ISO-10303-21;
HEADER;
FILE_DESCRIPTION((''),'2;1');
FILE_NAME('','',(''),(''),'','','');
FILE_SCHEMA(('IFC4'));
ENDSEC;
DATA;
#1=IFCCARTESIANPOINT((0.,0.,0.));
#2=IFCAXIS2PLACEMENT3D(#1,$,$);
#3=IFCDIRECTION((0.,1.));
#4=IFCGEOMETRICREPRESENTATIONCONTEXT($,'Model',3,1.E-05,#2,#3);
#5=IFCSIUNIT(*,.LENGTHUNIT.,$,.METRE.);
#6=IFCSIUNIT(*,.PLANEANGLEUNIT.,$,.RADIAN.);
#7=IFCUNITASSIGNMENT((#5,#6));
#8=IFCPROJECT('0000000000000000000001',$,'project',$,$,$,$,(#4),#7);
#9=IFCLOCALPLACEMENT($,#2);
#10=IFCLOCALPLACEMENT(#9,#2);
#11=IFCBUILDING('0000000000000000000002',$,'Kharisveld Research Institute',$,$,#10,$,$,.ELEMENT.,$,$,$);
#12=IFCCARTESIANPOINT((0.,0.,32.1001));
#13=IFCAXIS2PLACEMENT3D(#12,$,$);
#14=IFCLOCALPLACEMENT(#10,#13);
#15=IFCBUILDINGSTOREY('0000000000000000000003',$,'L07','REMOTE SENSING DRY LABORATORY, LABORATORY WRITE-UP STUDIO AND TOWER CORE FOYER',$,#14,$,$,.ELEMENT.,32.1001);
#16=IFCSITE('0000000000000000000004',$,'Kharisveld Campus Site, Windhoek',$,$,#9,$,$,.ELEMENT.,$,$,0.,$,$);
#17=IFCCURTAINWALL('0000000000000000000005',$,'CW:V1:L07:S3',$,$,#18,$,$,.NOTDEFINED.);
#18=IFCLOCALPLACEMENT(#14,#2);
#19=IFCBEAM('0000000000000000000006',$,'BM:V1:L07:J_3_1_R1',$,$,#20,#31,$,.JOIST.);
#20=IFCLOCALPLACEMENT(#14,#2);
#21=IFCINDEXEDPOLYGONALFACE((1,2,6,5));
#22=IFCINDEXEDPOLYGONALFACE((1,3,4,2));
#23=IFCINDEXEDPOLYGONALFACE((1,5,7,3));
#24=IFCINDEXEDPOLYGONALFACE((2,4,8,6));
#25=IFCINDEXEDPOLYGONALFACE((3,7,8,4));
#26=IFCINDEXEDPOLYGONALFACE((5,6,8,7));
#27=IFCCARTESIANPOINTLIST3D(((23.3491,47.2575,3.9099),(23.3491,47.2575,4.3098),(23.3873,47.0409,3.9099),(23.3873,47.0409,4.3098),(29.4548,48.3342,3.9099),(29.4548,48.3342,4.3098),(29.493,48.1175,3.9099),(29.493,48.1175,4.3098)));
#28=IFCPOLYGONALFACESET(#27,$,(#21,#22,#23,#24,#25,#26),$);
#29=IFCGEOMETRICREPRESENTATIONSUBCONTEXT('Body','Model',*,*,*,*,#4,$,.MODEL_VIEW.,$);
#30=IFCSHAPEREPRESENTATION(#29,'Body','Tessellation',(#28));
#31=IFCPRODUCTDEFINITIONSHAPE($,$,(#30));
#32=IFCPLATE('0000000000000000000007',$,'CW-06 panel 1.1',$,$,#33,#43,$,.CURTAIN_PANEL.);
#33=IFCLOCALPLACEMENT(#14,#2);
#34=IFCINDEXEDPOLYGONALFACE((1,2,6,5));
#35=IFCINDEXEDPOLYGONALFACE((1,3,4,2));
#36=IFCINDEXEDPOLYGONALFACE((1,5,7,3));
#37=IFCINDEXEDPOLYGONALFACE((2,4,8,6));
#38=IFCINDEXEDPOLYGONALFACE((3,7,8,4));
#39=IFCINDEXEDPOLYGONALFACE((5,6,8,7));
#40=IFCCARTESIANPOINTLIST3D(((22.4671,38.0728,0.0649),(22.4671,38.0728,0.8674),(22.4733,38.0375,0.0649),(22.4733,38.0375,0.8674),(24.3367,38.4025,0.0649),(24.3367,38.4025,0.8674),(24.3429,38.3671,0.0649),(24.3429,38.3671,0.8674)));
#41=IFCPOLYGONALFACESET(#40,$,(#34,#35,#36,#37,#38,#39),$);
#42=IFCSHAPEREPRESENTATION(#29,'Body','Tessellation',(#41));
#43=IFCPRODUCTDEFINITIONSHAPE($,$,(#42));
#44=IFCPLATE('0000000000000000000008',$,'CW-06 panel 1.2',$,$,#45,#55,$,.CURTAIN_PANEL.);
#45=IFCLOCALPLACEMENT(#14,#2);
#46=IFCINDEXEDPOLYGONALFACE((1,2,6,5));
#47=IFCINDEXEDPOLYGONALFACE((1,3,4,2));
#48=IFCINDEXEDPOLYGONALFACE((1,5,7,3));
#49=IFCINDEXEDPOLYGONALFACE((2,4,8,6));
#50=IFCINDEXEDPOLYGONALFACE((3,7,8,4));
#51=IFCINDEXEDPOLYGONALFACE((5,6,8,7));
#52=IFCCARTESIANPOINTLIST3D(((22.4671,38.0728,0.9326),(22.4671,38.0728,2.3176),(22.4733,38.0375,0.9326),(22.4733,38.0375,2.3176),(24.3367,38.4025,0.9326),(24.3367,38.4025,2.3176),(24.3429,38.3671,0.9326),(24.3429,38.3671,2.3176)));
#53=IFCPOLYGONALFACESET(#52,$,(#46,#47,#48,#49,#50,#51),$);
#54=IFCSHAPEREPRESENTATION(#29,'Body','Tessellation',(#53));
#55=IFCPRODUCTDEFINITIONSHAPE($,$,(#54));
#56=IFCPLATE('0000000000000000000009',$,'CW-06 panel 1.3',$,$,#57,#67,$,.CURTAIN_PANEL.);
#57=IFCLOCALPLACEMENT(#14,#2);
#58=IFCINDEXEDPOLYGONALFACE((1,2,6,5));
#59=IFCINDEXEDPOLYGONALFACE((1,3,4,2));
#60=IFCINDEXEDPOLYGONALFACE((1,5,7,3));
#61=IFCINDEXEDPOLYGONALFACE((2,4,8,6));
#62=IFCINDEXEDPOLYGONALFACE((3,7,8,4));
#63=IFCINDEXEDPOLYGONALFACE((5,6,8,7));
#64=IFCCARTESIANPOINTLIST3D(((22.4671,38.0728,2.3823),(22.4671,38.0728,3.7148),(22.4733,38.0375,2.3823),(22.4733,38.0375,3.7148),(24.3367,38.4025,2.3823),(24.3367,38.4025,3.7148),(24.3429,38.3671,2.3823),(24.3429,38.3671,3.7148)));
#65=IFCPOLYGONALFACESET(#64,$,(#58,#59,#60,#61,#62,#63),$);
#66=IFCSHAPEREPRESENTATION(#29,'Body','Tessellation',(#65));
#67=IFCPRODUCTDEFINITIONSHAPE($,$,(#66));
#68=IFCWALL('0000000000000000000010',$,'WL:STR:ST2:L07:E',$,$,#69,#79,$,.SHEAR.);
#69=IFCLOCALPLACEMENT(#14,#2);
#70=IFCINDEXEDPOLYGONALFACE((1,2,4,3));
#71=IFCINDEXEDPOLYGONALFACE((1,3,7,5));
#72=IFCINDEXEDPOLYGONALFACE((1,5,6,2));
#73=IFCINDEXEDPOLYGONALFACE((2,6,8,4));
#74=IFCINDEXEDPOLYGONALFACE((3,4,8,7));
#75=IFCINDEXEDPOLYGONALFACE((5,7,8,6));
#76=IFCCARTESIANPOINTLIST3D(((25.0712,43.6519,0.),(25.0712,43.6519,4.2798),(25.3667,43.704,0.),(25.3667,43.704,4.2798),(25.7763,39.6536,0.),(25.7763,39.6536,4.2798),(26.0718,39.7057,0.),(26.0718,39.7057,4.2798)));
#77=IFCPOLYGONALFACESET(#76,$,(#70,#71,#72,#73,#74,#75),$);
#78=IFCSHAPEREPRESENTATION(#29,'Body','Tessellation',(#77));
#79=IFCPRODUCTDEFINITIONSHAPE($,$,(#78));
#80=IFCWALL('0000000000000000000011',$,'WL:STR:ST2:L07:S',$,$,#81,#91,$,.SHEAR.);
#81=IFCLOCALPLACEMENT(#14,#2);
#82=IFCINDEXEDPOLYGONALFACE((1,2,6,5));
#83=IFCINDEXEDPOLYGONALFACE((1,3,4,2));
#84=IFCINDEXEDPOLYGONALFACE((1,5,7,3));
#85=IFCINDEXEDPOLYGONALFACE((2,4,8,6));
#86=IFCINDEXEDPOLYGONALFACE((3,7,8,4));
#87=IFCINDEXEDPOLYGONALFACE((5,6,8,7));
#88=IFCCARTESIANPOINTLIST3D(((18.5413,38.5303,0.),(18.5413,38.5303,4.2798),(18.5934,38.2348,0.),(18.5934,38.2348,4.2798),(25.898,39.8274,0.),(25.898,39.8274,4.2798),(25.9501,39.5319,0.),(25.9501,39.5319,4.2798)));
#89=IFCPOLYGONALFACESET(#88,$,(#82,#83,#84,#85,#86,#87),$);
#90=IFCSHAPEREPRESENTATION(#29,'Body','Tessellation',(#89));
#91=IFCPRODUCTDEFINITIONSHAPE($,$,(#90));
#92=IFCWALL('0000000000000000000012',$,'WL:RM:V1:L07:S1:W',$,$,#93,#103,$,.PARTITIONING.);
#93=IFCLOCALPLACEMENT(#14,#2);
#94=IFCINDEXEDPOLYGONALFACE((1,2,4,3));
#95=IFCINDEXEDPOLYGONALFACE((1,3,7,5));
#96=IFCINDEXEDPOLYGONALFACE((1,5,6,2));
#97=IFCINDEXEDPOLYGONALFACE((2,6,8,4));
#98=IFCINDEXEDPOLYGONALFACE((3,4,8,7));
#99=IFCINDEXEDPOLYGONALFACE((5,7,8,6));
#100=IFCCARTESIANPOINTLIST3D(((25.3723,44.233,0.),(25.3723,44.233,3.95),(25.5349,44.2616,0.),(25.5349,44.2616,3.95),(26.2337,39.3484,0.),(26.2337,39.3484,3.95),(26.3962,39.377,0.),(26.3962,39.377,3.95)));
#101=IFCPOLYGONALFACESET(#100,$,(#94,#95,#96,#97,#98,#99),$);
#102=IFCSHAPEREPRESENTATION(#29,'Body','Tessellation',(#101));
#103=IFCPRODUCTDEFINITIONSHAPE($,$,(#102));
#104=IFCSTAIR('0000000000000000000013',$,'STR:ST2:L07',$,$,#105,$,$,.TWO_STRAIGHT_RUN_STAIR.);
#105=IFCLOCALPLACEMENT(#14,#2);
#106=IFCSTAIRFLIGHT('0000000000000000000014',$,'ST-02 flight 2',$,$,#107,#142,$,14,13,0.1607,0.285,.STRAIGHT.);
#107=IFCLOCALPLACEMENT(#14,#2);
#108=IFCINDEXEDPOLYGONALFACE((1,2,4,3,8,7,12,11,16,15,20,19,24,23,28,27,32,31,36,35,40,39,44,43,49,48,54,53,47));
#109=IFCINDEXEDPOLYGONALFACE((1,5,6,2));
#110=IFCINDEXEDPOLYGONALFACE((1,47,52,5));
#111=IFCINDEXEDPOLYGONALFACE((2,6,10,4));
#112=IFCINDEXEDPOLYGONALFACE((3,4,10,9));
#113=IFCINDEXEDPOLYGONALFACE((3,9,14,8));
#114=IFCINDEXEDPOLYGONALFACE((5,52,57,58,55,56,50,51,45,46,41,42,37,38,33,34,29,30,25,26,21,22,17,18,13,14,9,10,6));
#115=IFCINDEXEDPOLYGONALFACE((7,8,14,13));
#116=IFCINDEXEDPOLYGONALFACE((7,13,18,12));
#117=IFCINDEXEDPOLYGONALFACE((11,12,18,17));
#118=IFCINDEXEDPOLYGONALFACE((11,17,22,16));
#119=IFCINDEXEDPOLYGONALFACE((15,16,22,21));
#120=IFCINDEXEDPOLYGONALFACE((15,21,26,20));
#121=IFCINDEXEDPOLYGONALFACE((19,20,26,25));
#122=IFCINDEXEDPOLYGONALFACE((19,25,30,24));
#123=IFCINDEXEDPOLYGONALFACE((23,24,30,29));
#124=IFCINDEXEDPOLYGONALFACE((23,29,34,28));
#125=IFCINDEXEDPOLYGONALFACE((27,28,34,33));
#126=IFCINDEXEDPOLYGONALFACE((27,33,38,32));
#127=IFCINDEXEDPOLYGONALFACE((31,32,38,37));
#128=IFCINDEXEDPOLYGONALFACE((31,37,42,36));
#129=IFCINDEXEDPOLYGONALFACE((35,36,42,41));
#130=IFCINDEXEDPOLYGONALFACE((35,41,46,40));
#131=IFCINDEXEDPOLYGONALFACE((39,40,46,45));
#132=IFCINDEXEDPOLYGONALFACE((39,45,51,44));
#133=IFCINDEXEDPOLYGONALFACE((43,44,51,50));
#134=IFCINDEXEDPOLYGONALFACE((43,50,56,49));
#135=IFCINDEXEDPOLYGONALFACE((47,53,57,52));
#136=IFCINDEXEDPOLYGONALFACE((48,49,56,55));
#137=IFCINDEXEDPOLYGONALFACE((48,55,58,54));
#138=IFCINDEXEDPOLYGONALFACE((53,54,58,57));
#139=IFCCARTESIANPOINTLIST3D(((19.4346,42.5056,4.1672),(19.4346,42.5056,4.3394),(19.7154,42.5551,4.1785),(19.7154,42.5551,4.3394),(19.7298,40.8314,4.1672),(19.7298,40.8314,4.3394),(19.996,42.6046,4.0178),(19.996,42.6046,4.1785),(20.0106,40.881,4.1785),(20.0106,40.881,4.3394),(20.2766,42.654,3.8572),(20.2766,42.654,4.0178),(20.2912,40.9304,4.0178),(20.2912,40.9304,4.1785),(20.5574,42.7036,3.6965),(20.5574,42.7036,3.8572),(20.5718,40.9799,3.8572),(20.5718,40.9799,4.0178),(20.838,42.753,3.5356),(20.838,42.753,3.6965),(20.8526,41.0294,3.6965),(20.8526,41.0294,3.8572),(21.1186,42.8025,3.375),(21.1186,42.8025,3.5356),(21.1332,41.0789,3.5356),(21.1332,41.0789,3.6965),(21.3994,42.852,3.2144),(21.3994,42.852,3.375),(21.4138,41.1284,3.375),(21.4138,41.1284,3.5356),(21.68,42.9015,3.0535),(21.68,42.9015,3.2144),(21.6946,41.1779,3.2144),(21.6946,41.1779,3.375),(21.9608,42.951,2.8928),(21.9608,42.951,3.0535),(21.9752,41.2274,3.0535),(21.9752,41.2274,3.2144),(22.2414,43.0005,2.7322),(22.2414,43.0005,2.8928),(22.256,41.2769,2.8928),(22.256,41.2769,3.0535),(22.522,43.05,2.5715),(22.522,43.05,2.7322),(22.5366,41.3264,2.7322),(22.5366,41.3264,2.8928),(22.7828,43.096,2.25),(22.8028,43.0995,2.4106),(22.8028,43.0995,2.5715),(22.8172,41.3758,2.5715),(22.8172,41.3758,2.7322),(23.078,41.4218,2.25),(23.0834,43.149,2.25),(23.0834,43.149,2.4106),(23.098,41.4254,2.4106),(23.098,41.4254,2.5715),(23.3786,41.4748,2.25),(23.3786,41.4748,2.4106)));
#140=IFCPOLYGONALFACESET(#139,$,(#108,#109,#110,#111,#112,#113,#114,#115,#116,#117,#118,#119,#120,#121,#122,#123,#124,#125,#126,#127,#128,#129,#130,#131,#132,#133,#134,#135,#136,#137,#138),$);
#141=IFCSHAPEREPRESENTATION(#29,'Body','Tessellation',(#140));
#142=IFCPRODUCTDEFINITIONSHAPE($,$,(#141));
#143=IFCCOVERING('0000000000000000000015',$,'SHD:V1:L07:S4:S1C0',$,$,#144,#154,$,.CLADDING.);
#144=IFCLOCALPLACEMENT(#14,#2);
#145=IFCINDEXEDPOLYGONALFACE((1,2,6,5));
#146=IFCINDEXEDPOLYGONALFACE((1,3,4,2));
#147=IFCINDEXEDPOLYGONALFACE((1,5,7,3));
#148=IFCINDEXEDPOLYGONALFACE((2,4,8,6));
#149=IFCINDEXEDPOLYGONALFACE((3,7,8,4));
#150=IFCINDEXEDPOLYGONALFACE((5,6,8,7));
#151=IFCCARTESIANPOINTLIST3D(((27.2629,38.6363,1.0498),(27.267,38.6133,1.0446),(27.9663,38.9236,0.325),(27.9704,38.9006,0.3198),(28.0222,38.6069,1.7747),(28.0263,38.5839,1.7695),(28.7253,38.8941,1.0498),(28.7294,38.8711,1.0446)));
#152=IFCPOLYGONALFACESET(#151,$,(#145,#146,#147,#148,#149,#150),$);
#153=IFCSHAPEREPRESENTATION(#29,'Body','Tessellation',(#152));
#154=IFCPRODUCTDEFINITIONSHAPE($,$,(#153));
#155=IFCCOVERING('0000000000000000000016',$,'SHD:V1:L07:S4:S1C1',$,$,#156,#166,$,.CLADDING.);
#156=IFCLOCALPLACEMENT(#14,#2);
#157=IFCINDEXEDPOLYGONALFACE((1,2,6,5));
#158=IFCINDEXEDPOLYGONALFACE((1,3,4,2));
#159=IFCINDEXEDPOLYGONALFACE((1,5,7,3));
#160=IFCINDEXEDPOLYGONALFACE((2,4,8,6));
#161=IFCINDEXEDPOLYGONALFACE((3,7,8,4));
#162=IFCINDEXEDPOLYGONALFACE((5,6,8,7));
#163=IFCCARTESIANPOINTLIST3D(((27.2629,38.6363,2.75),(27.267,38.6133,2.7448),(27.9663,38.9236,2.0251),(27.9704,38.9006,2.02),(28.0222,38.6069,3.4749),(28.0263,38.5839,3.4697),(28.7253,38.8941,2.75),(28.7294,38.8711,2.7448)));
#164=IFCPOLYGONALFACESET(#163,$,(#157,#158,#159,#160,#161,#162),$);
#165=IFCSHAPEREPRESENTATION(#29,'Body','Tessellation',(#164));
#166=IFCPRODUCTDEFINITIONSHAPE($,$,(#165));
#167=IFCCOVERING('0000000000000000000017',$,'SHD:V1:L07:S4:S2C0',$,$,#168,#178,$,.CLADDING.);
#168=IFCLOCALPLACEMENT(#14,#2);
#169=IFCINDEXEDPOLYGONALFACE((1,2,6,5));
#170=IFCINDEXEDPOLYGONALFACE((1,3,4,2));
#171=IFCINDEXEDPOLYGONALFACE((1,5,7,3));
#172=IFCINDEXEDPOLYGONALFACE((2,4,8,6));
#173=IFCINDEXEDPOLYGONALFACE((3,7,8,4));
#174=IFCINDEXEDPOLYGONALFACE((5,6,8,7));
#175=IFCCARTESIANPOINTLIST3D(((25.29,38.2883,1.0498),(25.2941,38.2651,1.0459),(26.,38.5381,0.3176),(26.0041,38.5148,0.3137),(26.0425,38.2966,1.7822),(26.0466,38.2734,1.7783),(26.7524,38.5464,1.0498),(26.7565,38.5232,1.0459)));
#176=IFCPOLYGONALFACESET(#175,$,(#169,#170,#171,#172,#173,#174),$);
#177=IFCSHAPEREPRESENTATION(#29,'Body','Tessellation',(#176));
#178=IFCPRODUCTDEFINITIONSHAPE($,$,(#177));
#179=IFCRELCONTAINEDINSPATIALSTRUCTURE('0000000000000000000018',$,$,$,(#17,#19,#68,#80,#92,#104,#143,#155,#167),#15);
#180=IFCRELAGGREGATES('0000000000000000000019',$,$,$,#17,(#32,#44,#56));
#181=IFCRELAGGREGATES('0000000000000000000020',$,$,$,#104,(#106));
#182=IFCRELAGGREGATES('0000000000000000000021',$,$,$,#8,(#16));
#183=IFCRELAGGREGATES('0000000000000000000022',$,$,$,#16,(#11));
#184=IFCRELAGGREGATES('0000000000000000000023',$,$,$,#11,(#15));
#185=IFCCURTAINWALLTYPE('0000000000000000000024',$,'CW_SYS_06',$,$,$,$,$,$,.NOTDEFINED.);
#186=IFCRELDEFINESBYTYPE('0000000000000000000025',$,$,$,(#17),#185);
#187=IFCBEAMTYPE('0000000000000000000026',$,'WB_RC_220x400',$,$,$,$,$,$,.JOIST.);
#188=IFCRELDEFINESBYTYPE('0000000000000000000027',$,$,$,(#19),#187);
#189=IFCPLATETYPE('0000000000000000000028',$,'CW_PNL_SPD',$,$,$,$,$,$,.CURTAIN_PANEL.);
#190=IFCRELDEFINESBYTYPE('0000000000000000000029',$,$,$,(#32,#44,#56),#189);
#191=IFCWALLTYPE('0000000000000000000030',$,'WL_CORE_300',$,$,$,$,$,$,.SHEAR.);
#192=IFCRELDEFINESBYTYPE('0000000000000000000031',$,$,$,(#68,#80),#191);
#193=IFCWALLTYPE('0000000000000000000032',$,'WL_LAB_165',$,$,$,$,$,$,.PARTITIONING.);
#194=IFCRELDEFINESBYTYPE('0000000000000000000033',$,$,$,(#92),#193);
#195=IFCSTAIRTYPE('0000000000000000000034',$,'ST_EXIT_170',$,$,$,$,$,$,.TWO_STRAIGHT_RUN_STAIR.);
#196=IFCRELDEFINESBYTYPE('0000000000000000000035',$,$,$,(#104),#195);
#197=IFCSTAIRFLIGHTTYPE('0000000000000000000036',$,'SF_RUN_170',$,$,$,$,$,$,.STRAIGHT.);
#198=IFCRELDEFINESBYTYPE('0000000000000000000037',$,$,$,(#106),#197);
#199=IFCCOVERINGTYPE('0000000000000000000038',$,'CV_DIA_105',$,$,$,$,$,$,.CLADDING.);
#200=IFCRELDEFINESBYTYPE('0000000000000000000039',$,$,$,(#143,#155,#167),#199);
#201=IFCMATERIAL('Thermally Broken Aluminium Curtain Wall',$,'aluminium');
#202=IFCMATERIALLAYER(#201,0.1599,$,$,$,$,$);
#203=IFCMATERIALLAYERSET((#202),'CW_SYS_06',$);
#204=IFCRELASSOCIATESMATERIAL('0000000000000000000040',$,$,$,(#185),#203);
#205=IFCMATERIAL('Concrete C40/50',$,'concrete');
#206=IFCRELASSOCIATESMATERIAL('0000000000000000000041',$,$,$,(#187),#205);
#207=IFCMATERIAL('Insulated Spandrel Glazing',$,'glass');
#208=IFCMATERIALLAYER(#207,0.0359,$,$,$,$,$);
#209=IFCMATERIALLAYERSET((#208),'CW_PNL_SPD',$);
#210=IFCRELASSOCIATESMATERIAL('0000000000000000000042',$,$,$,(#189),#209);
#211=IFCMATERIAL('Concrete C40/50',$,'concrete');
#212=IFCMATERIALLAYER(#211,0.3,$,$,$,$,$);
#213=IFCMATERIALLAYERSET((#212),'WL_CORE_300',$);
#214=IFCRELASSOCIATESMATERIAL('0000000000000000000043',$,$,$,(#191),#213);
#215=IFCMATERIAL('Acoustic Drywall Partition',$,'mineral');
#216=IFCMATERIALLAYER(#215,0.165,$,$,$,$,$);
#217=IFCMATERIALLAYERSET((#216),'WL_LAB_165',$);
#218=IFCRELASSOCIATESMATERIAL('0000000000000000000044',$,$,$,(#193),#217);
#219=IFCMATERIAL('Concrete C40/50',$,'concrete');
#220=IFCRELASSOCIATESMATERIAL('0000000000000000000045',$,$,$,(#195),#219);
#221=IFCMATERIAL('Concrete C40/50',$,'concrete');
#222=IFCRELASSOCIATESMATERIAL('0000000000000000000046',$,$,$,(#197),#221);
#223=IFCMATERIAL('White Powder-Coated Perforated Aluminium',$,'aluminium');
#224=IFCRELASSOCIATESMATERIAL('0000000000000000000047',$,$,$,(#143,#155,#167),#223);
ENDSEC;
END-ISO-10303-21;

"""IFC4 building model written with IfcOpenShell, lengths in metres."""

from ifc_helpers import new_model, si_unit, direction, frame, frame_2d, origin, origin_2d, place, context, subcontext, project, spatial, polyline, rectangle, outline, extrude, material, layer, layer_set, material_profile, profile_set, type_object, element, aggregate, save


model = new_model("IFC4")

# Units and contexts
model_context = context("Model", 3, precision=1e-05, world=origin(), true_north=direction((0.0, 1.0)))
body_context = subcontext(model_context, "Body", "Model", "MODEL_VIEW")
ifc_project = project(units=[si_unit("LENGTHUNIT", "METRE"), si_unit("PLANEANGLEUNIT", "RADIAN")], contexts=[model_context])

# Site, building, storey
site_placement = place(None, origin())
site = spatial("IfcSite", under=ifc_project, at=site_placement, Name="Kharisveld Campus Site, Windhoek", CompositionType="ELEMENT", RefElevation=0.0)
building_placement = place(site_placement, origin())
building = spatial("IfcBuilding", under=site, at=building_placement, Name="Kharisveld Research Institute", CompositionType="ELEMENT")
storey_placement = place(building_placement, frame((0.0, 0.0, 32.1001)))
storey = spatial("IfcBuildingStorey", under=building, at=storey_placement, Name="L07", Description="REMOTE SENSING DRY LABORATORY, LABORATORY WRITE-UP STUDIO AND TOWER CORE FOYER", CompositionType="ELEMENT", Elevation=32.1001)

# Curtain wall
ifc_material_1 = material(Name="Thermally Broken Aluminium Curtain Wall", Category="aluminium")
ifc_layer_1 = layer(ifc_material_1, 0.1599)
ifc_layer_set_1 = layer_set([ifc_layer_1], Name="CW_SYS_06")
curtain_wall_type = type_object("IfcCurtainWallType", Name="CW_SYS_06", PredefinedType="NOTDEFINED", material=ifc_layer_set_1)
curtain_wall_placement = place(storey_placement, origin())
curtain_wall = element("IfcCurtainWall", 1, at=curtain_wall_placement, inside=storey, type_object=curtain_wall_type, Name="CW:V1:L07:S3", PredefinedType="NOTDEFINED")

# Beam
ifc_material_2 = material(Name="Concrete C40/50", Category="concrete")
ifc_material_profile_1 = material_profile(ifc_material_2, rectangle(XDim=0.22, YDim=0.3999, at=origin_2d()))
ifc_profile_set_1 = profile_set([ifc_material_profile_1], Name="Concrete C40/50")
beam_type_1 = type_object("IfcBeamType", Name="WB_RC_220x400", PredefinedType="JOIST", material=ifc_profile_set_1)
beam_1_placement = place(storey_placement, frame((23.3682, 47.1492, 4.1099), z_axis=(0.984806, 0.173657, 0.0), x_axis=(-0.173657, 0.984806, 0.0)))
element("IfcBeam", 2, at=beam_1_placement, inside=storey, type_object=beam_type_1, Name="BM:V1:L07:J_3_1_R1", PredefinedType="JOIST", context=body_context, shape_type="SweptSolid", body=[
    extrude(rectangle(XDim=0.22, YDim=0.3999, at=origin_2d()), origin(), (0.0, 0.0, 1.0), 6.2),
])

# Plates
ifc_material_3 = material(Name="Insulated Spandrel Glazing", Category="glass")
ifc_layer_2 = layer(ifc_material_3, 0.0359)
ifc_layer_set_2 = layer_set([ifc_layer_2], Name="CW_PNL_SPD")
plate_type = type_object("IfcPlateType", Name="CW_PNL_SPD", PredefinedType="CURTAIN_PANEL", material=ifc_layer_set_2)
plate_1_placement = place(storey_placement, frame((23.405, 38.22, 0.0649), z_axis=(0.0, 0.0, 1.0), x_axis=(-0.984808, -0.173648, 0.0)))
plate_1 = element("IfcPlate", 3, at=plate_1_placement, type_object=plate_type, Name="CW-06 panel 1.1", PredefinedType="CURTAIN_PANEL", context=body_context, shape_type="SweptSolid", body=[
    extrude(rectangle(XDim=1.8984, YDim=0.0359, at=origin_2d()), origin(), (0.0, 0.0, 1.0), 0.8025),
])
plate_2_placement = place(storey_placement, frame((23.405, 38.22, 0.9326), z_axis=(0.0, 0.0, 1.0), x_axis=(-0.984808, -0.173648, 0.0)))
plate_2 = element("IfcPlate", 4, at=plate_2_placement, type_object=plate_type, Name="CW-06 panel 1.2", PredefinedType="CURTAIN_PANEL", context=body_context, shape_type="SweptSolid", body=[
    extrude(rectangle(XDim=1.8984, YDim=0.0359, at=origin_2d()), origin(), (0.0, 0.0, 1.0), 1.385),
])
plate_3_placement = place(storey_placement, frame((23.405, 38.22, 2.3823), z_axis=(0.0, 0.0, 1.0), x_axis=(-0.984808, -0.173648, 0.0)))
plate_3 = element("IfcPlate", 5, at=plate_3_placement, type_object=plate_type, Name="CW-06 panel 1.3", PredefinedType="CURTAIN_PANEL", context=body_context, shape_type="SweptSolid", body=[
    extrude(rectangle(XDim=1.8984, YDim=0.0359, at=origin_2d()), origin(), (0.0, 0.0, 1.0), 1.3325),
])
aggregate(curtain_wall, [plate_1, plate_2, plate_3])

# Walls
ifc_material_4 = material(Name="Concrete C40/50", Category="concrete")
ifc_layer_3 = layer(ifc_material_4, 0.3)
ifc_layer_set_3 = layer_set([ifc_layer_3], Name="WL_CORE_300")
wall_type_1 = type_object("IfcWallType", Name="WL_CORE_300", PredefinedType="SHEAR", material=ifc_layer_set_3)
wall_1_placement = place(storey_placement, frame((25.219, 43.678, 0.0), z_axis=(0.0, 0.0, 1.0), x_axis=(0.173665, -0.984805, 0.0)))
element("IfcWall", 6, at=wall_1_placement, inside=storey, type_object=wall_type_1, Name="WL:STR:ST2:L07:E", PredefinedType="SHEAR", context=body_context, shape_type="SweptSolid", body=[
    extrude(rectangle(XDim=4.0601, YDim=0.3, at=frame_2d((2.03, 0.0))), origin(), (0.0, 0.0, 1.0), 4.2798),
])
wall_2_placement = place(storey_placement, frame((25.9241, 39.6797, 0.0), z_axis=(0.0, 0.0, 1.0), x_axis=(-0.984809, -0.17364, 0.0)))
element("IfcWall", 7, at=wall_2_placement, inside=storey, type_object=wall_type_1, Name="WL:STR:ST2:L07:S", PredefinedType="SHEAR", context=body_context, shape_type="SweptSolid", body=[
    extrude(rectangle(XDim=7.4702, YDim=0.3, at=frame_2d((3.7351, 0.0))), origin(), (0.0, 0.0, 1.0), 4.2798),
])
ifc_material_5 = material(Name="Acoustic Drywall Partition", Category="mineral")
ifc_layer_4 = layer(ifc_material_5, 0.165)
ifc_layer_set_4 = layer_set([ifc_layer_4], Name="WL_LAB_165")
wall_type_2 = type_object("IfcWallType", Name="WL_LAB_165", PredefinedType="PARTITIONING", material=ifc_layer_set_4)
wall_3_placement = place(storey_placement, frame((25.4536, 44.2473, 0.0), z_axis=(0.0, 0.0, 1.0), x_axis=(0.173659, -0.984806, 0.0)))
element("IfcWall", 8, at=wall_3_placement, inside=storey, type_object=wall_type_2, Name="WL:RM:V1:L07:S1:W", PredefinedType="PARTITIONING", context=body_context, shape_type="SweptSolid", body=[
    extrude(rectangle(XDim=4.96, YDim=0.165, at=frame_2d((2.48, 0.0))), origin(), (0.0, 0.0, 1.0), 3.95),
])

# Stair, stair flight
ifc_material_6 = material(Name="Concrete C40/50", Category="concrete")
stair_type = type_object("IfcStairType", Name="ST_EXIT_170", PredefinedType="TWO_STRAIGHT_RUN_STAIR", material=ifc_material_6)
stair_placement = place(storey_placement, origin())
stair = element("IfcStair", 9, at=stair_placement, inside=storey, type_object=stair_type, Name="STR:ST2:L07", PredefinedType="TWO_STRAIGHT_RUN_STAIR")
ifc_material_7 = material(Name="Concrete C40/50", Category="concrete")
stair_flight_type = type_object("IfcStairFlightType", Name="SF_RUN_170", PredefinedType="STRAIGHT", material=ifc_material_7)
stair_flight_placement = place(storey_placement, frame((23.231, 42.312, 2.25), z_axis=(0.0, 0.0, 1.0), x_axis=(-0.984808, -0.173648, 0.0)))
stair_flight = element("IfcStairFlight", 10, at=stair_flight_placement, type_object=stair_flight_type, Name="ST-02 flight 2", NumberOfRisers=14, NumberOfTreads=13, PredefinedType="STRAIGHT", RiserHeight=0.1607, TreadLength=0.285, context=body_context, shape_type="SweptSolid", body=[
    extrude(outline(polyline([(0.0, 0.0), (0.0, 0.1606), (0.2849, 0.1606), (0.2849, 0.3215), (0.5701, 0.3215), (0.5701, 0.4822), (0.855, 0.4822), (0.855, 0.6428), (1.1399, 0.6428), (1.1399, 0.8035), (1.425, 0.8035), (1.425, 0.9644), (1.71, 0.9644), (1.71, 1.125), (1.9951, 1.125), (1.9951, 1.2856), (2.28, 1.2856), (2.28, 1.4465), (2.5649, 1.4465), (2.5649, 1.6072), (2.8501, 1.6072), (2.8501, 1.7678), (3.135, 1.7678), (3.135, 1.9285), (3.4199, 1.9285), (3.4199, 2.0894), (3.7051, 2.0894), (3.7051, 2.25), (3.7051, 1.9172), (0.3052, 0.0), (0.0, 0.0)])), frame((0.0, 0.8501, 0.0), z_axis=(0.0, -1.0, 0.0), x_axis=(1.0, 0.0, 0.0)), (0.0, 0.0, 1.0), 1.7),
])
aggregate(stair, [stair_flight])

# Coverings
ifc_material_8 = material(Name="White Powder-Coated Perforated Aluminium", Category="aluminium")
covering_type = type_object("IfcCoveringType", Name="CV_DIA_105", PredefinedType="CLADDING")
for number, where, z_axis, x_axis, name in (
    (11, (27.9663, 38.9236, 0.325), (-0.169497, 0.961447, 0.21654), (-0.669826, -0.273555, 0.69029), "SHD:V1:L07:S4:S1C0"),
    (12, (27.9663, 38.9236, 2.0251), (-0.169497, 0.961447, 0.21654), (-0.669826, -0.273555, 0.69029), "SHD:V1:L07:S4:S1C1"),
):
    element("IfcCovering", number, at=place(storey_placement, frame(where, z_axis=z_axis, x_axis=x_axis)), inside=storey, type_object=covering_type, material=ifc_material_8, Name=name, PredefinedType="CLADDING", context=body_context, shape_type="SweptSolid", body=[
        extrude(outline(polyline([(0.0, 0.0), (1.0501, 0.0), (1.0499, 1.0501), (0.0, 1.05), (0.0, 0.0)])), origin(), (0.0, 0.0, -1.0), 0.0239),
    ])
covering_1_placement = place(storey_placement, frame((26.0, 38.5381, 0.3176), z_axis=(-0.171391, 0.971272, 0.165096), x_axis=(-0.676154, -0.237843, 0.697313)))
element("IfcCovering", 13, at=covering_1_placement, inside=storey, type_object=covering_type, material=ifc_material_8, Name="SHD:V1:L07:S4:S2C0", PredefinedType="CLADDING", context=body_context, shape_type="SweptSolid", body=[
    extrude(outline(polyline([(0.0, 0.0), (1.05, 0.0), (1.05, 1.0501), (-0.0002, 1.0499), (0.0, 0.0)])), origin(), (0.0, 0.0, -1.0), 0.0239),
])

save(model, "model.ifc")
